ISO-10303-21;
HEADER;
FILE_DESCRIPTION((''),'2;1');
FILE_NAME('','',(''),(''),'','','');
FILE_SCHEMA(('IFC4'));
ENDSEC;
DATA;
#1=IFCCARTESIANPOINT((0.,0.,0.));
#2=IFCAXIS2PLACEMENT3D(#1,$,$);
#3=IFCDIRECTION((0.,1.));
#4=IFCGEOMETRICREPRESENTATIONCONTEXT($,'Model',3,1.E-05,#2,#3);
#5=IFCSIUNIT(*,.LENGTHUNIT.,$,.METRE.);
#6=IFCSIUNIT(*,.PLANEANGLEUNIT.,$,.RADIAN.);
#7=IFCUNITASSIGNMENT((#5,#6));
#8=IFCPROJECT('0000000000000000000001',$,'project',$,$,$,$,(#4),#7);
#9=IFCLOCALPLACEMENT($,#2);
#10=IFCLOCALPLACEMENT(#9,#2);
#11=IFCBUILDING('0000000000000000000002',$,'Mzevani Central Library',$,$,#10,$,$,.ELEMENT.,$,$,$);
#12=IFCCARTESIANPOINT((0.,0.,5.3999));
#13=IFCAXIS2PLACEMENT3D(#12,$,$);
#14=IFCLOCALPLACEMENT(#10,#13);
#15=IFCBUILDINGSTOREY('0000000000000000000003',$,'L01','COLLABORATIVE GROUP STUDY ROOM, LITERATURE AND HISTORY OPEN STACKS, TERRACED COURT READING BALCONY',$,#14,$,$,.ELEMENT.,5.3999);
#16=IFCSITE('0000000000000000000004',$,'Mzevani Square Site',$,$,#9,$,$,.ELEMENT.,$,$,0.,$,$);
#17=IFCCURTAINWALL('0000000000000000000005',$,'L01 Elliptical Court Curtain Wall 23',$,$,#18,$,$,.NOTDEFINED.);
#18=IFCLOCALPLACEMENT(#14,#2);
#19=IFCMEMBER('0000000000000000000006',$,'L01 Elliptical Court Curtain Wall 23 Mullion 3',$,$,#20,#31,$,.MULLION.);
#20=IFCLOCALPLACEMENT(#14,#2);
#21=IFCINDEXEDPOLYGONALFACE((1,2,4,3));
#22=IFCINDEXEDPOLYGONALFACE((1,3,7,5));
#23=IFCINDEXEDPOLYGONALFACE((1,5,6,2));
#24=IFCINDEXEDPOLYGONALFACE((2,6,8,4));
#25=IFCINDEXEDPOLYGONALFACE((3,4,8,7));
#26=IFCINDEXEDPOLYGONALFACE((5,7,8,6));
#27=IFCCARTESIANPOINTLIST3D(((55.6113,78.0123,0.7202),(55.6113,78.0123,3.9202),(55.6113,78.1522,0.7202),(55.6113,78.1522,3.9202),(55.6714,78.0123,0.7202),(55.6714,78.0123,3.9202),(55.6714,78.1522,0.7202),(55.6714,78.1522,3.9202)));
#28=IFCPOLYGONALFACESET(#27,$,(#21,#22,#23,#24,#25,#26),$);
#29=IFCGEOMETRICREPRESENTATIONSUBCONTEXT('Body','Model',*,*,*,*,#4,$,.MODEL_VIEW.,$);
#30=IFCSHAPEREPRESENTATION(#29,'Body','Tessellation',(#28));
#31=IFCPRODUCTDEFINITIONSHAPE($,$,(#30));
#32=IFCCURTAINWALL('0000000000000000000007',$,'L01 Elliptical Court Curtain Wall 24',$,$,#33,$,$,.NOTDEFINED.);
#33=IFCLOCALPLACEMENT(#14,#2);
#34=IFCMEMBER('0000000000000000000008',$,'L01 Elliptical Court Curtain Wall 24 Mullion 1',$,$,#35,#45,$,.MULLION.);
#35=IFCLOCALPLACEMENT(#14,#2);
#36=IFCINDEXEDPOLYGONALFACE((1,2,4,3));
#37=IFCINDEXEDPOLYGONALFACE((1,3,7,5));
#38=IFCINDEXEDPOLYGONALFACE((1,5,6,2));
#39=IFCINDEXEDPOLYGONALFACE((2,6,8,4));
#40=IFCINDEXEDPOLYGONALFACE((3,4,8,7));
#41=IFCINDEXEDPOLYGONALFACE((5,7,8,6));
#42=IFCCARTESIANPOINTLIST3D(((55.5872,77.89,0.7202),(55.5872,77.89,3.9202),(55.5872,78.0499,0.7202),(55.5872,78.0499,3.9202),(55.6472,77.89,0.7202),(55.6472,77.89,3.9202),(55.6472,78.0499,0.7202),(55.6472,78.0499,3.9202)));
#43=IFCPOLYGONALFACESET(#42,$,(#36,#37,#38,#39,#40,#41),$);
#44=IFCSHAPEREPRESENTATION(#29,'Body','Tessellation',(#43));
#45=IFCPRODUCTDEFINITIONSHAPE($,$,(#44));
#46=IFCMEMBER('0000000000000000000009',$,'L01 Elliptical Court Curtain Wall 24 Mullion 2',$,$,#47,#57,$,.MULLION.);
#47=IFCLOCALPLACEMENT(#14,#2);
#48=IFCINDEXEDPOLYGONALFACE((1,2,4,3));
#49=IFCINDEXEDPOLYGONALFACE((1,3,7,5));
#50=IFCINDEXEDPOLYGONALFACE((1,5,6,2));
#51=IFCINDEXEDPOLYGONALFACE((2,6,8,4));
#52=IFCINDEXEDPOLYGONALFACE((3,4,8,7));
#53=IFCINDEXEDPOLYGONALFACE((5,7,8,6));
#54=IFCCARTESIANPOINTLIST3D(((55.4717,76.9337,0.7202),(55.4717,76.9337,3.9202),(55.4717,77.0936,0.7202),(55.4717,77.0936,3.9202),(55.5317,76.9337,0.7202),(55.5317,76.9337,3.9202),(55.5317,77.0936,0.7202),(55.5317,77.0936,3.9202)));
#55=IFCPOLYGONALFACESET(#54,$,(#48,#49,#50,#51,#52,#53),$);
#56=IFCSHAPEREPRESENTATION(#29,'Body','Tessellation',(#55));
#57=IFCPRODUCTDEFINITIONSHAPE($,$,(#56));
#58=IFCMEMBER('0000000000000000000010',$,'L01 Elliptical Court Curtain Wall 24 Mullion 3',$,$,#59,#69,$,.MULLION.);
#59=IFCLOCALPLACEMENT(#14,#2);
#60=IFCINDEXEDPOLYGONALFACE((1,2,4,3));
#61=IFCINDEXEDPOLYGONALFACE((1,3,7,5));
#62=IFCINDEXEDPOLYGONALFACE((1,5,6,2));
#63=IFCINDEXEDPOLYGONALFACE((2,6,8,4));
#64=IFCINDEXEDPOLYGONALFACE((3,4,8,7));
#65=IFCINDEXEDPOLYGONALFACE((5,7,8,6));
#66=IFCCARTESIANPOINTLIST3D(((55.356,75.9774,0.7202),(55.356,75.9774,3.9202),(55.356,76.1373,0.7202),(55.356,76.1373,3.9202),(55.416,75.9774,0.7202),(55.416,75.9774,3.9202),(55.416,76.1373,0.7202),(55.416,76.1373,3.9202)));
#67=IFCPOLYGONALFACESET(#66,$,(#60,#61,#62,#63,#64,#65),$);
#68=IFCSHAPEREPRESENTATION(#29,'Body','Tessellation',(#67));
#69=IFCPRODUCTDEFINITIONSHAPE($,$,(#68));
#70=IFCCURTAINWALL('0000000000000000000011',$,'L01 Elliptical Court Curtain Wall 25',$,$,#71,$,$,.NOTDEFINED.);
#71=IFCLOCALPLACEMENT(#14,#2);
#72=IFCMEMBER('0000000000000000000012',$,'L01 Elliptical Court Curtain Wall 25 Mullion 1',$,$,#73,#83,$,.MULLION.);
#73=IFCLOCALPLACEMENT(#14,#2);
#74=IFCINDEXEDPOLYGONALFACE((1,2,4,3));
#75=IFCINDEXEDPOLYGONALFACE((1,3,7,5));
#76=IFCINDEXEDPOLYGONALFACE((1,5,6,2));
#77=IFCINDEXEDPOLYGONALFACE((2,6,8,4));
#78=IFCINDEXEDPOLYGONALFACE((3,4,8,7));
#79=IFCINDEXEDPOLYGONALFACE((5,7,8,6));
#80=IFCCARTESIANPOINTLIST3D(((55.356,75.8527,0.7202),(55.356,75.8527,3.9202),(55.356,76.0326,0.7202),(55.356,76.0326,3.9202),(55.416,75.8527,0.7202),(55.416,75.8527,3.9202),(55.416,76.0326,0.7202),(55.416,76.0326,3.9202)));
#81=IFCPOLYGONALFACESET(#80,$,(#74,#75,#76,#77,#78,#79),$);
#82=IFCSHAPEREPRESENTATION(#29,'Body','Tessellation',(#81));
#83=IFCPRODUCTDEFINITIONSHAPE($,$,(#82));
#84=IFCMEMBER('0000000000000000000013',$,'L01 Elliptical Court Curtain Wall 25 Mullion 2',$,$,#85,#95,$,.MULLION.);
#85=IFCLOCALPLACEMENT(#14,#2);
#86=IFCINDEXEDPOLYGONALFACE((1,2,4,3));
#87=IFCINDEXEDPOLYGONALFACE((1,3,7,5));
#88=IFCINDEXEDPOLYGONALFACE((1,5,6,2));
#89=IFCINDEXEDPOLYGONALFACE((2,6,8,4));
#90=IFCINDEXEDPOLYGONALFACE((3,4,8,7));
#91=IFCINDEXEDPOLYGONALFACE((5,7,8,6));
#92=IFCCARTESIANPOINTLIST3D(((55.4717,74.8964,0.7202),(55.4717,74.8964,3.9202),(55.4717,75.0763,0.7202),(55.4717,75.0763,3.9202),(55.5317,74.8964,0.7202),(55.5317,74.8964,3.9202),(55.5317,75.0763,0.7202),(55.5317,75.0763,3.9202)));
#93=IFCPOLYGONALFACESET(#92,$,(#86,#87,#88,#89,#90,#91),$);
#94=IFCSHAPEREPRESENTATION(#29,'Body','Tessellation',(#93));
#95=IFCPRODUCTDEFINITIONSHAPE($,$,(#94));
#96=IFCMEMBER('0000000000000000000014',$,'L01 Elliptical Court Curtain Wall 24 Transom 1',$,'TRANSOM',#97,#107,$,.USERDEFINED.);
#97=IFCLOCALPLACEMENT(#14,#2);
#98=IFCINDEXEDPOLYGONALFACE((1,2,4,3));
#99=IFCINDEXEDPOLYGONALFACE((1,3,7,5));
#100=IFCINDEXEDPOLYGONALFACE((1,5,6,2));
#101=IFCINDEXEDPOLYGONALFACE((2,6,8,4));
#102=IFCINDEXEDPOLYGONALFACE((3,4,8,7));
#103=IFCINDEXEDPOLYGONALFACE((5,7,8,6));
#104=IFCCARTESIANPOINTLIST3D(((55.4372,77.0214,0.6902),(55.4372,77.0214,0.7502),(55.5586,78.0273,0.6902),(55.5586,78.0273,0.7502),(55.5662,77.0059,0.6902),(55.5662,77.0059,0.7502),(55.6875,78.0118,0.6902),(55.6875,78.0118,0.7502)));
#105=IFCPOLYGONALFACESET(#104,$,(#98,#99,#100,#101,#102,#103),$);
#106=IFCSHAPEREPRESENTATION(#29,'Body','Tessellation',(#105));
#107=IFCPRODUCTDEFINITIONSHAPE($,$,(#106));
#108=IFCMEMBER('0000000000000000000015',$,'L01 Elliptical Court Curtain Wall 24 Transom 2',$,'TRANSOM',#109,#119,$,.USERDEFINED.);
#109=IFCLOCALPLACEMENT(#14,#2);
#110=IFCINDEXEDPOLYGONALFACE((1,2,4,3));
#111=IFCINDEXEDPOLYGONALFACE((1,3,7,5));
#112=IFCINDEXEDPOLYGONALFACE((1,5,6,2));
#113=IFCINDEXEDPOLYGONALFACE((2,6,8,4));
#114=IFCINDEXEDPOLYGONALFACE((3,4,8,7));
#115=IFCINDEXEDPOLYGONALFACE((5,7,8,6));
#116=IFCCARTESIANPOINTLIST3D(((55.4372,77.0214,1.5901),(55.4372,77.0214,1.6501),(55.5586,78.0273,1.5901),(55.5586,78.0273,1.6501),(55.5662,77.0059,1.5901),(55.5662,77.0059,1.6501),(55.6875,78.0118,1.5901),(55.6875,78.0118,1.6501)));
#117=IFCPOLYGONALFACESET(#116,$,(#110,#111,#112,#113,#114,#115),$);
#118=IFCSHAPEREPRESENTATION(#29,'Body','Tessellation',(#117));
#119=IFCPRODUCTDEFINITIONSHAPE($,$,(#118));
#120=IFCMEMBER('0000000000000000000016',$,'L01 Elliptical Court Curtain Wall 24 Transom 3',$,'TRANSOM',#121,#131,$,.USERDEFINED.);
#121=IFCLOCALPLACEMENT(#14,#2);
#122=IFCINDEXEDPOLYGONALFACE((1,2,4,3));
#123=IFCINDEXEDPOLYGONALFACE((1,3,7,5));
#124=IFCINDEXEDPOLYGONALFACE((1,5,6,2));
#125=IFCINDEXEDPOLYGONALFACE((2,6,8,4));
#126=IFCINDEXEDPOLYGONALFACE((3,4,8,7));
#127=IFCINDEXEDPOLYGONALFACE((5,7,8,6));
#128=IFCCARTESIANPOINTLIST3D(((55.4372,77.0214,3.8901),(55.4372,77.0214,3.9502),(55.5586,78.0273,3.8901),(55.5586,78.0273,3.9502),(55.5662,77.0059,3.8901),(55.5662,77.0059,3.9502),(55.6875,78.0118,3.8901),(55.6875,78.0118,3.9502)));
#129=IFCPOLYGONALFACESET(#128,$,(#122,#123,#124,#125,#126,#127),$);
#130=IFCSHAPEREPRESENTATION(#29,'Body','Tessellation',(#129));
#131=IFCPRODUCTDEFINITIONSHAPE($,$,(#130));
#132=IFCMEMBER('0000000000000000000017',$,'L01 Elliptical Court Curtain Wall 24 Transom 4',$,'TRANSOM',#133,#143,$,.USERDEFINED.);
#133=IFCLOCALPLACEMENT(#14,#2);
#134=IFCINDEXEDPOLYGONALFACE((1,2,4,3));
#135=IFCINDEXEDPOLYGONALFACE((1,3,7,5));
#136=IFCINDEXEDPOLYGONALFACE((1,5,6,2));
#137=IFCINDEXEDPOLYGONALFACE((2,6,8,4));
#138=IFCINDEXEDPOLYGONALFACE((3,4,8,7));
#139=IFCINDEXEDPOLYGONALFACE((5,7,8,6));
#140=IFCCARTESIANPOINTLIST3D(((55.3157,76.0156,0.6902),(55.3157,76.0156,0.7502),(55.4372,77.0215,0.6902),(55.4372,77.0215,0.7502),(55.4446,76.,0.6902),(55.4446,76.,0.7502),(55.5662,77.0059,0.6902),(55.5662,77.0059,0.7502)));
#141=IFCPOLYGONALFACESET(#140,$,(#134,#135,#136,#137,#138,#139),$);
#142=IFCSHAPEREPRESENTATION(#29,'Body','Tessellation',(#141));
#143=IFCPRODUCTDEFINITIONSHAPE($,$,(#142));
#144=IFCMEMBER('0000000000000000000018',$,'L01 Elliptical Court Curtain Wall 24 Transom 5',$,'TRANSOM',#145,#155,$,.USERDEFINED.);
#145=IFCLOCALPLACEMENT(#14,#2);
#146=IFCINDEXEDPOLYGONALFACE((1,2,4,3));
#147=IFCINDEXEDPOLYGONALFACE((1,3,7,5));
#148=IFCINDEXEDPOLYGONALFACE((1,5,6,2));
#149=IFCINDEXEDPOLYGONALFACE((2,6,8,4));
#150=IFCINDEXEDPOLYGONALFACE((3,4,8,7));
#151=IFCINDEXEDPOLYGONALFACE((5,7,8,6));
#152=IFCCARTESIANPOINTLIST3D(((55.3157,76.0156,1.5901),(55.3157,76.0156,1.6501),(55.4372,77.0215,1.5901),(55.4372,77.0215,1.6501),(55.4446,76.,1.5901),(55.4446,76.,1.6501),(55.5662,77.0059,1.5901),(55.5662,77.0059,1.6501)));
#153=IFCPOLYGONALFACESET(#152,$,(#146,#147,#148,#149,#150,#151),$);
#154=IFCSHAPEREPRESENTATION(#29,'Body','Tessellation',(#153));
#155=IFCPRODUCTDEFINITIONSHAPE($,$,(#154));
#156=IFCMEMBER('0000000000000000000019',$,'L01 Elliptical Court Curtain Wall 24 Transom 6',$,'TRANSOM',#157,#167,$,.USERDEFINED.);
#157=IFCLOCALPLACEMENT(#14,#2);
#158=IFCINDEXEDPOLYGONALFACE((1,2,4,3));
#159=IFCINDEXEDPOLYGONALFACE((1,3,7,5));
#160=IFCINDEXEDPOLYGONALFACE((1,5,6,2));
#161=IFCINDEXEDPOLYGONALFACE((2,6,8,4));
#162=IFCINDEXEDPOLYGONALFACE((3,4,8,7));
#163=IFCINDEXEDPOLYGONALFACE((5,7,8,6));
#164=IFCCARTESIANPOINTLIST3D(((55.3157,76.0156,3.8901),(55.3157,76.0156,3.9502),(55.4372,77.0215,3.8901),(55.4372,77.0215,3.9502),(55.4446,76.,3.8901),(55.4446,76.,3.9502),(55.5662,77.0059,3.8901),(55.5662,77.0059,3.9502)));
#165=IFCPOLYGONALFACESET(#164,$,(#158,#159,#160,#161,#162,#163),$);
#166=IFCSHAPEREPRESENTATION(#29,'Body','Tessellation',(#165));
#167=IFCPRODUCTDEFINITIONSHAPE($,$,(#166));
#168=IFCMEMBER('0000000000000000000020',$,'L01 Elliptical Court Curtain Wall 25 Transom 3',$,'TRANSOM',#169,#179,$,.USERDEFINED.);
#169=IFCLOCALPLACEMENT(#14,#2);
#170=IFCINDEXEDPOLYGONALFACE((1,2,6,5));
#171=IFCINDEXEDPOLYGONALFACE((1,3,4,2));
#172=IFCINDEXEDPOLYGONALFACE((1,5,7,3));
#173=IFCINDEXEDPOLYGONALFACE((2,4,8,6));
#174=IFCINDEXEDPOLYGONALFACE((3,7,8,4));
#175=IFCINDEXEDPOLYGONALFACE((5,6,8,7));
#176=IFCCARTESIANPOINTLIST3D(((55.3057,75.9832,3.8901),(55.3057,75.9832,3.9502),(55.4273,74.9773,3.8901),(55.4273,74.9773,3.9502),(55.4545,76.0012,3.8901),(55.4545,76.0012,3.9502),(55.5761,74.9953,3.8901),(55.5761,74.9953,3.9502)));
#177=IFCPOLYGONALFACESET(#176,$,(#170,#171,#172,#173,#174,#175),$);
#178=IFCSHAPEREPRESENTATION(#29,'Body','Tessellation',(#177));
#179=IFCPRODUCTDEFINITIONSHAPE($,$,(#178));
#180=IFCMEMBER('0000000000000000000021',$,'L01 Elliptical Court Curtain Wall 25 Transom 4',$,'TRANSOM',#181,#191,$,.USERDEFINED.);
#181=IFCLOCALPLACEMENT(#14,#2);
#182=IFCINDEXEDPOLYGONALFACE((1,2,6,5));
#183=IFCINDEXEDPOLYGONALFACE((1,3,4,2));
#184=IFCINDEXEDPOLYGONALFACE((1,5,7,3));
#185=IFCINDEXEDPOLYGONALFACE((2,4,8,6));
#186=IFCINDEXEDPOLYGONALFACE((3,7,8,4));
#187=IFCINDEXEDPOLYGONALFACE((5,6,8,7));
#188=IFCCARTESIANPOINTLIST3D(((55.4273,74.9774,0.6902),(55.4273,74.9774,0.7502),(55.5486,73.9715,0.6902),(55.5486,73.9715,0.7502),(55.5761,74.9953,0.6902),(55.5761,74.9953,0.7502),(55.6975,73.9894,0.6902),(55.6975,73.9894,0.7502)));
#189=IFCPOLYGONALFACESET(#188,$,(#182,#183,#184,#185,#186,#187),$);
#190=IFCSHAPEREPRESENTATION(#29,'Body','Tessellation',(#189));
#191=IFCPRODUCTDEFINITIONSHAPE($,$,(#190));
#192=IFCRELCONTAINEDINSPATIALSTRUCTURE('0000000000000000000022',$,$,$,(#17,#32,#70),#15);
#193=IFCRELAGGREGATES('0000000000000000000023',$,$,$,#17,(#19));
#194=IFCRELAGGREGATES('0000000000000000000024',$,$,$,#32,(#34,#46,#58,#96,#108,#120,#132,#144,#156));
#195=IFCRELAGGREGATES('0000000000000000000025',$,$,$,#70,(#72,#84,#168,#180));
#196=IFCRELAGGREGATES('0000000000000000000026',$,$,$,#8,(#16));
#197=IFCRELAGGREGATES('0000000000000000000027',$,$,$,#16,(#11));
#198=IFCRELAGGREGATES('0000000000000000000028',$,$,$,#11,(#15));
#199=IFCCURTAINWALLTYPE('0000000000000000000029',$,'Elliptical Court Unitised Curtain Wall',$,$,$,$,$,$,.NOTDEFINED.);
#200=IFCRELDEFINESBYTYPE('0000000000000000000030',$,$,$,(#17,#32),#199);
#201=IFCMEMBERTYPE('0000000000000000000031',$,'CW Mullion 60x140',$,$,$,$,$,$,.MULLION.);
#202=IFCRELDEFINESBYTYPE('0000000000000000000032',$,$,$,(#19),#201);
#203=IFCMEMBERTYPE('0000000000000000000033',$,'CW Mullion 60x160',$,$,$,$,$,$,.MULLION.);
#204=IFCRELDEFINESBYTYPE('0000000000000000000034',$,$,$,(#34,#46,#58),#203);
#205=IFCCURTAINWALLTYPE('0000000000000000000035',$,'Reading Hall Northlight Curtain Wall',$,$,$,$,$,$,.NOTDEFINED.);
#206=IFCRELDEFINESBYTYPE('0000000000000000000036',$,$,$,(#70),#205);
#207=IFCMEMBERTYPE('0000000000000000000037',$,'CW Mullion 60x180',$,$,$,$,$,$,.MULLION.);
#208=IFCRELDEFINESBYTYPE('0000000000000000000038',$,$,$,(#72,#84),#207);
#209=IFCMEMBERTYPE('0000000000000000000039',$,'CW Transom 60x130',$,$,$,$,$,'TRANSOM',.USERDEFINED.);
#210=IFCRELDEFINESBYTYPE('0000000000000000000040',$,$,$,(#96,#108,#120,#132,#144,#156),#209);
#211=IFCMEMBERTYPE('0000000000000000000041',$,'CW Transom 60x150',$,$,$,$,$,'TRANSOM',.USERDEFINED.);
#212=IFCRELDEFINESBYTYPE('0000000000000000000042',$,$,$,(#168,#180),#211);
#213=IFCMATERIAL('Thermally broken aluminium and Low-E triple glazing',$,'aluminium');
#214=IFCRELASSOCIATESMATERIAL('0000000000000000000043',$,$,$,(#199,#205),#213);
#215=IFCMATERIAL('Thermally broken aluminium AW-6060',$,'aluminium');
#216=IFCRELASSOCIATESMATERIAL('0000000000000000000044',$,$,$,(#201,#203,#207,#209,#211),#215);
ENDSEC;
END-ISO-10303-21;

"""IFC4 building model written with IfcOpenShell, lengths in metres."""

from ifc_helpers import new_model, si_unit, direction, frame, origin, origin_2d, place, context, subcontext, project, spatial, rectangle, extrude, material, material_profile, profile_set, type_object, element, aggregate, save


model = new_model("IFC4")

# Units and contexts
model_context = context("Model", 3, precision=1e-05, world=origin(), true_north=direction((0.0, 1.0)))
body_context = subcontext(model_context, "Body", "Model", "MODEL_VIEW")
ifc_project = project(units=[si_unit("LENGTHUNIT", "METRE"), si_unit("PLANEANGLEUNIT", "RADIAN")], contexts=[model_context])

# Site, building, storey
site_placement = place(None, origin())
site = spatial("IfcSite", under=ifc_project, at=site_placement, Name="Mzevani Square Site", CompositionType="ELEMENT", RefElevation=0.0)
building_placement = place(site_placement, origin())
building = spatial("IfcBuilding", under=site, at=building_placement, Name="Mzevani Central Library", CompositionType="ELEMENT")
storey_placement = place(building_placement, frame((0.0, 0.0, 5.3999)))
storey = spatial("IfcBuildingStorey", under=building, at=storey_placement, Name="L01", Description="COLLABORATIVE GROUP STUDY ROOM, LITERATURE AND HISTORY OPEN STACKS, TERRACED COURT READING BALCONY", CompositionType="ELEMENT", Elevation=5.3999)

# Curtain wall, member
ifc_material_1 = material(Name="Thermally broken aluminium and Low-E triple glazing", Category="aluminium")
curtain_wall_type_1 = type_object("IfcCurtainWallType", Name="Elliptical Court Unitised Curtain Wall", PredefinedType="NOTDEFINED", material=ifc_material_1)
curtain_wall_1_placement = place(storey_placement, origin())
curtain_wall_1 = element("IfcCurtainWall", 1, at=curtain_wall_1_placement, inside=storey, type_object=curtain_wall_type_1, Name="L01 Elliptical Court Curtain Wall 23", PredefinedType="NOTDEFINED")
ifc_material_2 = material(Name="Thermally broken aluminium AW-6060", Category="aluminium")
ifc_material_profile_1 = material_profile(ifc_material_2, rectangle(XDim=0.0601, YDim=0.1399, at=origin_2d()), Name="ALU M60x140")
ifc_profile_set_1 = profile_set([ifc_material_profile_1], Name="Thermally broken aluminium AW-6060")
member_type_1 = type_object("IfcMemberType", Name="CW Mullion 60x140", PredefinedType="MULLION", material=ifc_profile_set_1)
member_1_placement = place(storey_placement, frame((55.6414, 78.0823, 0.7202), z_axis=(0.0, 0.0, 1.0), x_axis=(1.0, 0.0, 0.0)))
member_1 = element("IfcMember", 2, at=member_1_placement, type_object=member_type_1, Name="L01 Elliptical Court Curtain Wall 23 Mullion 3", PredefinedType="MULLION", context=body_context, shape_type="SweptSolid", body=[
    extrude(rectangle(XDim=0.0601, YDim=0.1399, at=origin_2d()), origin(), (0.0, 0.0, 1.0), 3.2),
])

# Curtain walls, members
curtain_wall_2_placement = place(storey_placement, origin())
curtain_wall_2 = element("IfcCurtainWall", 3, at=curtain_wall_2_placement, inside=storey, type_object=curtain_wall_type_1, Name="L01 Elliptical Court Curtain Wall 24", PredefinedType="NOTDEFINED")
ifc_material_profile_2 = material_profile(ifc_material_2, rectangle(XDim=0.0601, YDim=0.1599, at=origin_2d()), Name="ALU M60x160")
ifc_profile_set_2 = profile_set([ifc_material_profile_2], Name="Thermally broken aluminium AW-6060")
member_type_2 = type_object("IfcMemberType", Name="CW Mullion 60x160", PredefinedType="MULLION", material=ifc_profile_set_2)
member_2_placement = place(storey_placement, frame((55.6172, 77.97, 0.7202), z_axis=(0.0, 0.0, 1.0), x_axis=(1.0, 0.0, 0.0)))
member_2 = element("IfcMember", 4, at=member_2_placement, type_object=member_type_2, Name="L01 Elliptical Court Curtain Wall 24 Mullion 1", PredefinedType="MULLION", context=body_context, shape_type="SweptSolid", body=[
    extrude(rectangle(XDim=0.0601, YDim=0.1599, at=origin_2d()), origin(), (0.0, 0.0, 1.0), 3.2),
])
member_3_placement = place(storey_placement, frame((55.5017, 77.0137, 0.7202), z_axis=(0.0, 0.0, 1.0), x_axis=(1.0, 0.0, 0.0)))
member_3 = element("IfcMember", 5, at=member_3_placement, type_object=member_type_2, Name="L01 Elliptical Court Curtain Wall 24 Mullion 2", PredefinedType="MULLION", context=body_context, shape_type="SweptSolid", body=[
    extrude(rectangle(XDim=0.0601, YDim=0.1599, at=origin_2d()), origin(), (0.0, 0.0, 1.0), 3.2),
])
member_4_placement = place(storey_placement, frame((55.386, 76.0574, 0.7202), z_axis=(0.0, 0.0, 1.0), x_axis=(1.0, 0.0, 0.0)))
member_4 = element("IfcMember", 6, at=member_4_placement, type_object=member_type_2, Name="L01 Elliptical Court Curtain Wall 24 Mullion 3", PredefinedType="MULLION", context=body_context, shape_type="SweptSolid", body=[
    extrude(rectangle(XDim=0.0601, YDim=0.1599, at=origin_2d()), origin(), (0.0, 0.0, 1.0), 3.2),
])
curtain_wall_type_2 = type_object("IfcCurtainWallType", Name="Reading Hall Northlight Curtain Wall", PredefinedType="NOTDEFINED", material=ifc_material_1)
curtain_wall_3_placement = place(storey_placement, origin())
curtain_wall_3 = element("IfcCurtainWall", 7, at=curtain_wall_3_placement, inside=storey, type_object=curtain_wall_type_2, Name="L01 Elliptical Court Curtain Wall 25", PredefinedType="NOTDEFINED")
ifc_material_profile_3 = material_profile(ifc_material_2, rectangle(XDim=0.0601, YDim=0.1799, at=origin_2d()), Name="ALU M60x180")
ifc_profile_set_3 = profile_set([ifc_material_profile_3], Name="Thermally broken aluminium AW-6060")
member_type_3 = type_object("IfcMemberType", Name="CW Mullion 60x180", PredefinedType="MULLION", material=ifc_profile_set_3)
member_5_placement = place(storey_placement, frame((55.386, 75.9426, 0.7202), z_axis=(0.0, 0.0, 1.0), x_axis=(1.0, 0.0, 0.0)))
member_5 = element("IfcMember", 8, at=member_5_placement, type_object=member_type_3, Name="L01 Elliptical Court Curtain Wall 25 Mullion 1", PredefinedType="MULLION", context=body_context, shape_type="SweptSolid", body=[
    extrude(rectangle(XDim=0.0601, YDim=0.1799, at=origin_2d()), origin(), (0.0, 0.0, 1.0), 3.2),
])
member_6_placement = place(storey_placement, frame((55.5017, 74.9863, 0.7202), z_axis=(0.0, 0.0, 1.0), x_axis=(1.0, 0.0, 0.0)))
member_6 = element("IfcMember", 9, at=member_6_placement, type_object=member_type_3, Name="L01 Elliptical Court Curtain Wall 25 Mullion 2", PredefinedType="MULLION", context=body_context, shape_type="SweptSolid", body=[
    extrude(rectangle(XDim=0.0601, YDim=0.1799, at=origin_2d()), origin(), (0.0, 0.0, 1.0), 3.2),
])

# Members
ifc_material_profile_4 = material_profile(ifc_material_2, rectangle(XDim=0.1299, YDim=0.0601, at=origin_2d()), Name="ALU T60x130")
ifc_profile_set_4 = profile_set([ifc_material_profile_4], Name="Thermally broken aluminium AW-6060")
member_type_4 = type_object("IfcMemberType", Name="CW Transom 60x130", ElementType="TRANSOM", PredefinedType="USERDEFINED", material=ifc_profile_set_4)
member_7_placement = place(storey_placement, frame((55.623, 78.0195, 0.7202), z_axis=(-0.119763, -0.992803, 0.0), x_axis=(0.992803, -0.119763, 0.0)))
member_7 = element("IfcMember", 10, at=member_7_placement, type_object=member_type_4, Name="L01 Elliptical Court Curtain Wall 24 Transom 1", ObjectType="TRANSOM", PredefinedType="USERDEFINED", context=body_context, shape_type="SweptSolid", body=[
    extrude(rectangle(XDim=0.1299, YDim=0.0601, at=origin_2d()), origin(), (0.0, 0.0, 1.0), 1.0132),
])
member_8_placement = place(storey_placement, frame((55.623, 78.0195, 1.6201), z_axis=(-0.119763, -0.992803, 0.0), x_axis=(0.992803, -0.119763, 0.0)))
member_8 = element("IfcMember", 11, at=member_8_placement, type_object=member_type_4, Name="L01 Elliptical Court Curtain Wall 24 Transom 2", ObjectType="TRANSOM", PredefinedType="USERDEFINED", context=body_context, shape_type="SweptSolid", body=[
    extrude(rectangle(XDim=0.1299, YDim=0.0601, at=origin_2d()), origin(), (0.0, 0.0, 1.0), 1.0132),
])
member_9_placement = place(storey_placement, frame((55.623, 78.0195, 3.9202), z_axis=(-0.119763, -0.992803, 0.0), x_axis=(0.992803, -0.119763, 0.0)))
member_9 = element("IfcMember", 12, at=member_9_placement, type_object=member_type_4, Name="L01 Elliptical Court Curtain Wall 24 Transom 3", ObjectType="TRANSOM", PredefinedType="USERDEFINED", context=body_context, shape_type="SweptSolid", body=[
    extrude(rectangle(XDim=0.1299, YDim=0.0601, at=origin_2d()), origin(), (0.0, 0.0, 1.0), 1.0132),
])
member_10_placement = place(storey_placement, frame((55.5017, 77.0137, 0.7202), z_axis=(-0.12, -0.992774, 0.0), x_axis=(0.992774, -0.12, 0.0)))
member_10 = element("IfcMember", 13, at=member_10_placement, type_object=member_type_4, Name="L01 Elliptical Court Curtain Wall 24 Transom 4", ObjectType="TRANSOM", PredefinedType="USERDEFINED", context=body_context, shape_type="SweptSolid", body=[
    extrude(rectangle(XDim=0.1299, YDim=0.0601, at=origin_2d()), origin(), (0.0, 0.0, 1.0), 1.0132),
])
member_11_placement = place(storey_placement, frame((55.5017, 77.0137, 1.6201), z_axis=(-0.12, -0.992774, 0.0), x_axis=(0.992774, -0.12, 0.0)))
member_11 = element("IfcMember", 14, at=member_11_placement, type_object=member_type_4, Name="L01 Elliptical Court Curtain Wall 24 Transom 5", ObjectType="TRANSOM", PredefinedType="USERDEFINED", context=body_context, shape_type="SweptSolid", body=[
    extrude(rectangle(XDim=0.1299, YDim=0.0601, at=origin_2d()), origin(), (0.0, 0.0, 1.0), 1.0132),
])
member_12_placement = place(storey_placement, frame((55.5017, 77.0137, 3.9202), z_axis=(-0.12, -0.992774, 0.0), x_axis=(0.992774, -0.12, 0.0)))
member_12 = element("IfcMember", 15, at=member_12_placement, type_object=member_type_4, Name="L01 Elliptical Court Curtain Wall 24 Transom 6", ObjectType="TRANSOM", PredefinedType="USERDEFINED", context=body_context, shape_type="SweptSolid", body=[
    extrude(rectangle(XDim=0.1299, YDim=0.0601, at=origin_2d()), origin(), (0.0, 0.0, 1.0), 1.0132),
])
ifc_material_profile_5 = material_profile(ifc_material_2, rectangle(XDim=0.1499, YDim=0.0601, at=origin_2d()), Name="ALU T60x150")
ifc_profile_set_5 = profile_set([ifc_material_profile_5], Name="Thermally broken aluminium AW-6060")
member_type_5 = type_object("IfcMemberType", Name="CW Transom 60x150", ElementType="TRANSOM", PredefinedType="USERDEFINED", material=ifc_profile_set_5)
member_13_placement = place(storey_placement, frame((55.3801, 75.9922, 3.9202), z_axis=(0.12, -0.992774, 0.0), x_axis=(0.992774, 0.12, 0.0)))
member_13 = element("IfcMember", 16, at=member_13_placement, type_object=member_type_5, Name="L01 Elliptical Court Curtain Wall 25 Transom 3", ObjectType="TRANSOM", PredefinedType="USERDEFINED", context=body_context, shape_type="SweptSolid", body=[
    extrude(rectangle(XDim=0.1499, YDim=0.0601, at=origin_2d()), origin(), (0.0, 0.0, 1.0), 1.0132),
])
member_14_placement = place(storey_placement, frame((55.5017, 74.9863, 0.7202), z_axis=(0.119763, -0.992803, 0.0), x_axis=(0.992803, 0.119763, 0.0)))
member_14 = element("IfcMember", 17, at=member_14_placement, type_object=member_type_5, Name="L01 Elliptical Court Curtain Wall 25 Transom 4", ObjectType="TRANSOM", PredefinedType="USERDEFINED", context=body_context, shape_type="SweptSolid", body=[
    extrude(rectangle(XDim=0.1499, YDim=0.0601, at=origin_2d()), origin(), (0.0, 0.0, 1.0), 1.0132),
])

aggregate(curtain_wall_1, [member_1])
aggregate(curtain_wall_2, [member_2, member_3, member_4, member_7, member_8, member_9, member_10, member_11, member_12])
aggregate(curtain_wall_3, [member_5, member_6, member_13, member_14])

save(model, "model.ifc")
